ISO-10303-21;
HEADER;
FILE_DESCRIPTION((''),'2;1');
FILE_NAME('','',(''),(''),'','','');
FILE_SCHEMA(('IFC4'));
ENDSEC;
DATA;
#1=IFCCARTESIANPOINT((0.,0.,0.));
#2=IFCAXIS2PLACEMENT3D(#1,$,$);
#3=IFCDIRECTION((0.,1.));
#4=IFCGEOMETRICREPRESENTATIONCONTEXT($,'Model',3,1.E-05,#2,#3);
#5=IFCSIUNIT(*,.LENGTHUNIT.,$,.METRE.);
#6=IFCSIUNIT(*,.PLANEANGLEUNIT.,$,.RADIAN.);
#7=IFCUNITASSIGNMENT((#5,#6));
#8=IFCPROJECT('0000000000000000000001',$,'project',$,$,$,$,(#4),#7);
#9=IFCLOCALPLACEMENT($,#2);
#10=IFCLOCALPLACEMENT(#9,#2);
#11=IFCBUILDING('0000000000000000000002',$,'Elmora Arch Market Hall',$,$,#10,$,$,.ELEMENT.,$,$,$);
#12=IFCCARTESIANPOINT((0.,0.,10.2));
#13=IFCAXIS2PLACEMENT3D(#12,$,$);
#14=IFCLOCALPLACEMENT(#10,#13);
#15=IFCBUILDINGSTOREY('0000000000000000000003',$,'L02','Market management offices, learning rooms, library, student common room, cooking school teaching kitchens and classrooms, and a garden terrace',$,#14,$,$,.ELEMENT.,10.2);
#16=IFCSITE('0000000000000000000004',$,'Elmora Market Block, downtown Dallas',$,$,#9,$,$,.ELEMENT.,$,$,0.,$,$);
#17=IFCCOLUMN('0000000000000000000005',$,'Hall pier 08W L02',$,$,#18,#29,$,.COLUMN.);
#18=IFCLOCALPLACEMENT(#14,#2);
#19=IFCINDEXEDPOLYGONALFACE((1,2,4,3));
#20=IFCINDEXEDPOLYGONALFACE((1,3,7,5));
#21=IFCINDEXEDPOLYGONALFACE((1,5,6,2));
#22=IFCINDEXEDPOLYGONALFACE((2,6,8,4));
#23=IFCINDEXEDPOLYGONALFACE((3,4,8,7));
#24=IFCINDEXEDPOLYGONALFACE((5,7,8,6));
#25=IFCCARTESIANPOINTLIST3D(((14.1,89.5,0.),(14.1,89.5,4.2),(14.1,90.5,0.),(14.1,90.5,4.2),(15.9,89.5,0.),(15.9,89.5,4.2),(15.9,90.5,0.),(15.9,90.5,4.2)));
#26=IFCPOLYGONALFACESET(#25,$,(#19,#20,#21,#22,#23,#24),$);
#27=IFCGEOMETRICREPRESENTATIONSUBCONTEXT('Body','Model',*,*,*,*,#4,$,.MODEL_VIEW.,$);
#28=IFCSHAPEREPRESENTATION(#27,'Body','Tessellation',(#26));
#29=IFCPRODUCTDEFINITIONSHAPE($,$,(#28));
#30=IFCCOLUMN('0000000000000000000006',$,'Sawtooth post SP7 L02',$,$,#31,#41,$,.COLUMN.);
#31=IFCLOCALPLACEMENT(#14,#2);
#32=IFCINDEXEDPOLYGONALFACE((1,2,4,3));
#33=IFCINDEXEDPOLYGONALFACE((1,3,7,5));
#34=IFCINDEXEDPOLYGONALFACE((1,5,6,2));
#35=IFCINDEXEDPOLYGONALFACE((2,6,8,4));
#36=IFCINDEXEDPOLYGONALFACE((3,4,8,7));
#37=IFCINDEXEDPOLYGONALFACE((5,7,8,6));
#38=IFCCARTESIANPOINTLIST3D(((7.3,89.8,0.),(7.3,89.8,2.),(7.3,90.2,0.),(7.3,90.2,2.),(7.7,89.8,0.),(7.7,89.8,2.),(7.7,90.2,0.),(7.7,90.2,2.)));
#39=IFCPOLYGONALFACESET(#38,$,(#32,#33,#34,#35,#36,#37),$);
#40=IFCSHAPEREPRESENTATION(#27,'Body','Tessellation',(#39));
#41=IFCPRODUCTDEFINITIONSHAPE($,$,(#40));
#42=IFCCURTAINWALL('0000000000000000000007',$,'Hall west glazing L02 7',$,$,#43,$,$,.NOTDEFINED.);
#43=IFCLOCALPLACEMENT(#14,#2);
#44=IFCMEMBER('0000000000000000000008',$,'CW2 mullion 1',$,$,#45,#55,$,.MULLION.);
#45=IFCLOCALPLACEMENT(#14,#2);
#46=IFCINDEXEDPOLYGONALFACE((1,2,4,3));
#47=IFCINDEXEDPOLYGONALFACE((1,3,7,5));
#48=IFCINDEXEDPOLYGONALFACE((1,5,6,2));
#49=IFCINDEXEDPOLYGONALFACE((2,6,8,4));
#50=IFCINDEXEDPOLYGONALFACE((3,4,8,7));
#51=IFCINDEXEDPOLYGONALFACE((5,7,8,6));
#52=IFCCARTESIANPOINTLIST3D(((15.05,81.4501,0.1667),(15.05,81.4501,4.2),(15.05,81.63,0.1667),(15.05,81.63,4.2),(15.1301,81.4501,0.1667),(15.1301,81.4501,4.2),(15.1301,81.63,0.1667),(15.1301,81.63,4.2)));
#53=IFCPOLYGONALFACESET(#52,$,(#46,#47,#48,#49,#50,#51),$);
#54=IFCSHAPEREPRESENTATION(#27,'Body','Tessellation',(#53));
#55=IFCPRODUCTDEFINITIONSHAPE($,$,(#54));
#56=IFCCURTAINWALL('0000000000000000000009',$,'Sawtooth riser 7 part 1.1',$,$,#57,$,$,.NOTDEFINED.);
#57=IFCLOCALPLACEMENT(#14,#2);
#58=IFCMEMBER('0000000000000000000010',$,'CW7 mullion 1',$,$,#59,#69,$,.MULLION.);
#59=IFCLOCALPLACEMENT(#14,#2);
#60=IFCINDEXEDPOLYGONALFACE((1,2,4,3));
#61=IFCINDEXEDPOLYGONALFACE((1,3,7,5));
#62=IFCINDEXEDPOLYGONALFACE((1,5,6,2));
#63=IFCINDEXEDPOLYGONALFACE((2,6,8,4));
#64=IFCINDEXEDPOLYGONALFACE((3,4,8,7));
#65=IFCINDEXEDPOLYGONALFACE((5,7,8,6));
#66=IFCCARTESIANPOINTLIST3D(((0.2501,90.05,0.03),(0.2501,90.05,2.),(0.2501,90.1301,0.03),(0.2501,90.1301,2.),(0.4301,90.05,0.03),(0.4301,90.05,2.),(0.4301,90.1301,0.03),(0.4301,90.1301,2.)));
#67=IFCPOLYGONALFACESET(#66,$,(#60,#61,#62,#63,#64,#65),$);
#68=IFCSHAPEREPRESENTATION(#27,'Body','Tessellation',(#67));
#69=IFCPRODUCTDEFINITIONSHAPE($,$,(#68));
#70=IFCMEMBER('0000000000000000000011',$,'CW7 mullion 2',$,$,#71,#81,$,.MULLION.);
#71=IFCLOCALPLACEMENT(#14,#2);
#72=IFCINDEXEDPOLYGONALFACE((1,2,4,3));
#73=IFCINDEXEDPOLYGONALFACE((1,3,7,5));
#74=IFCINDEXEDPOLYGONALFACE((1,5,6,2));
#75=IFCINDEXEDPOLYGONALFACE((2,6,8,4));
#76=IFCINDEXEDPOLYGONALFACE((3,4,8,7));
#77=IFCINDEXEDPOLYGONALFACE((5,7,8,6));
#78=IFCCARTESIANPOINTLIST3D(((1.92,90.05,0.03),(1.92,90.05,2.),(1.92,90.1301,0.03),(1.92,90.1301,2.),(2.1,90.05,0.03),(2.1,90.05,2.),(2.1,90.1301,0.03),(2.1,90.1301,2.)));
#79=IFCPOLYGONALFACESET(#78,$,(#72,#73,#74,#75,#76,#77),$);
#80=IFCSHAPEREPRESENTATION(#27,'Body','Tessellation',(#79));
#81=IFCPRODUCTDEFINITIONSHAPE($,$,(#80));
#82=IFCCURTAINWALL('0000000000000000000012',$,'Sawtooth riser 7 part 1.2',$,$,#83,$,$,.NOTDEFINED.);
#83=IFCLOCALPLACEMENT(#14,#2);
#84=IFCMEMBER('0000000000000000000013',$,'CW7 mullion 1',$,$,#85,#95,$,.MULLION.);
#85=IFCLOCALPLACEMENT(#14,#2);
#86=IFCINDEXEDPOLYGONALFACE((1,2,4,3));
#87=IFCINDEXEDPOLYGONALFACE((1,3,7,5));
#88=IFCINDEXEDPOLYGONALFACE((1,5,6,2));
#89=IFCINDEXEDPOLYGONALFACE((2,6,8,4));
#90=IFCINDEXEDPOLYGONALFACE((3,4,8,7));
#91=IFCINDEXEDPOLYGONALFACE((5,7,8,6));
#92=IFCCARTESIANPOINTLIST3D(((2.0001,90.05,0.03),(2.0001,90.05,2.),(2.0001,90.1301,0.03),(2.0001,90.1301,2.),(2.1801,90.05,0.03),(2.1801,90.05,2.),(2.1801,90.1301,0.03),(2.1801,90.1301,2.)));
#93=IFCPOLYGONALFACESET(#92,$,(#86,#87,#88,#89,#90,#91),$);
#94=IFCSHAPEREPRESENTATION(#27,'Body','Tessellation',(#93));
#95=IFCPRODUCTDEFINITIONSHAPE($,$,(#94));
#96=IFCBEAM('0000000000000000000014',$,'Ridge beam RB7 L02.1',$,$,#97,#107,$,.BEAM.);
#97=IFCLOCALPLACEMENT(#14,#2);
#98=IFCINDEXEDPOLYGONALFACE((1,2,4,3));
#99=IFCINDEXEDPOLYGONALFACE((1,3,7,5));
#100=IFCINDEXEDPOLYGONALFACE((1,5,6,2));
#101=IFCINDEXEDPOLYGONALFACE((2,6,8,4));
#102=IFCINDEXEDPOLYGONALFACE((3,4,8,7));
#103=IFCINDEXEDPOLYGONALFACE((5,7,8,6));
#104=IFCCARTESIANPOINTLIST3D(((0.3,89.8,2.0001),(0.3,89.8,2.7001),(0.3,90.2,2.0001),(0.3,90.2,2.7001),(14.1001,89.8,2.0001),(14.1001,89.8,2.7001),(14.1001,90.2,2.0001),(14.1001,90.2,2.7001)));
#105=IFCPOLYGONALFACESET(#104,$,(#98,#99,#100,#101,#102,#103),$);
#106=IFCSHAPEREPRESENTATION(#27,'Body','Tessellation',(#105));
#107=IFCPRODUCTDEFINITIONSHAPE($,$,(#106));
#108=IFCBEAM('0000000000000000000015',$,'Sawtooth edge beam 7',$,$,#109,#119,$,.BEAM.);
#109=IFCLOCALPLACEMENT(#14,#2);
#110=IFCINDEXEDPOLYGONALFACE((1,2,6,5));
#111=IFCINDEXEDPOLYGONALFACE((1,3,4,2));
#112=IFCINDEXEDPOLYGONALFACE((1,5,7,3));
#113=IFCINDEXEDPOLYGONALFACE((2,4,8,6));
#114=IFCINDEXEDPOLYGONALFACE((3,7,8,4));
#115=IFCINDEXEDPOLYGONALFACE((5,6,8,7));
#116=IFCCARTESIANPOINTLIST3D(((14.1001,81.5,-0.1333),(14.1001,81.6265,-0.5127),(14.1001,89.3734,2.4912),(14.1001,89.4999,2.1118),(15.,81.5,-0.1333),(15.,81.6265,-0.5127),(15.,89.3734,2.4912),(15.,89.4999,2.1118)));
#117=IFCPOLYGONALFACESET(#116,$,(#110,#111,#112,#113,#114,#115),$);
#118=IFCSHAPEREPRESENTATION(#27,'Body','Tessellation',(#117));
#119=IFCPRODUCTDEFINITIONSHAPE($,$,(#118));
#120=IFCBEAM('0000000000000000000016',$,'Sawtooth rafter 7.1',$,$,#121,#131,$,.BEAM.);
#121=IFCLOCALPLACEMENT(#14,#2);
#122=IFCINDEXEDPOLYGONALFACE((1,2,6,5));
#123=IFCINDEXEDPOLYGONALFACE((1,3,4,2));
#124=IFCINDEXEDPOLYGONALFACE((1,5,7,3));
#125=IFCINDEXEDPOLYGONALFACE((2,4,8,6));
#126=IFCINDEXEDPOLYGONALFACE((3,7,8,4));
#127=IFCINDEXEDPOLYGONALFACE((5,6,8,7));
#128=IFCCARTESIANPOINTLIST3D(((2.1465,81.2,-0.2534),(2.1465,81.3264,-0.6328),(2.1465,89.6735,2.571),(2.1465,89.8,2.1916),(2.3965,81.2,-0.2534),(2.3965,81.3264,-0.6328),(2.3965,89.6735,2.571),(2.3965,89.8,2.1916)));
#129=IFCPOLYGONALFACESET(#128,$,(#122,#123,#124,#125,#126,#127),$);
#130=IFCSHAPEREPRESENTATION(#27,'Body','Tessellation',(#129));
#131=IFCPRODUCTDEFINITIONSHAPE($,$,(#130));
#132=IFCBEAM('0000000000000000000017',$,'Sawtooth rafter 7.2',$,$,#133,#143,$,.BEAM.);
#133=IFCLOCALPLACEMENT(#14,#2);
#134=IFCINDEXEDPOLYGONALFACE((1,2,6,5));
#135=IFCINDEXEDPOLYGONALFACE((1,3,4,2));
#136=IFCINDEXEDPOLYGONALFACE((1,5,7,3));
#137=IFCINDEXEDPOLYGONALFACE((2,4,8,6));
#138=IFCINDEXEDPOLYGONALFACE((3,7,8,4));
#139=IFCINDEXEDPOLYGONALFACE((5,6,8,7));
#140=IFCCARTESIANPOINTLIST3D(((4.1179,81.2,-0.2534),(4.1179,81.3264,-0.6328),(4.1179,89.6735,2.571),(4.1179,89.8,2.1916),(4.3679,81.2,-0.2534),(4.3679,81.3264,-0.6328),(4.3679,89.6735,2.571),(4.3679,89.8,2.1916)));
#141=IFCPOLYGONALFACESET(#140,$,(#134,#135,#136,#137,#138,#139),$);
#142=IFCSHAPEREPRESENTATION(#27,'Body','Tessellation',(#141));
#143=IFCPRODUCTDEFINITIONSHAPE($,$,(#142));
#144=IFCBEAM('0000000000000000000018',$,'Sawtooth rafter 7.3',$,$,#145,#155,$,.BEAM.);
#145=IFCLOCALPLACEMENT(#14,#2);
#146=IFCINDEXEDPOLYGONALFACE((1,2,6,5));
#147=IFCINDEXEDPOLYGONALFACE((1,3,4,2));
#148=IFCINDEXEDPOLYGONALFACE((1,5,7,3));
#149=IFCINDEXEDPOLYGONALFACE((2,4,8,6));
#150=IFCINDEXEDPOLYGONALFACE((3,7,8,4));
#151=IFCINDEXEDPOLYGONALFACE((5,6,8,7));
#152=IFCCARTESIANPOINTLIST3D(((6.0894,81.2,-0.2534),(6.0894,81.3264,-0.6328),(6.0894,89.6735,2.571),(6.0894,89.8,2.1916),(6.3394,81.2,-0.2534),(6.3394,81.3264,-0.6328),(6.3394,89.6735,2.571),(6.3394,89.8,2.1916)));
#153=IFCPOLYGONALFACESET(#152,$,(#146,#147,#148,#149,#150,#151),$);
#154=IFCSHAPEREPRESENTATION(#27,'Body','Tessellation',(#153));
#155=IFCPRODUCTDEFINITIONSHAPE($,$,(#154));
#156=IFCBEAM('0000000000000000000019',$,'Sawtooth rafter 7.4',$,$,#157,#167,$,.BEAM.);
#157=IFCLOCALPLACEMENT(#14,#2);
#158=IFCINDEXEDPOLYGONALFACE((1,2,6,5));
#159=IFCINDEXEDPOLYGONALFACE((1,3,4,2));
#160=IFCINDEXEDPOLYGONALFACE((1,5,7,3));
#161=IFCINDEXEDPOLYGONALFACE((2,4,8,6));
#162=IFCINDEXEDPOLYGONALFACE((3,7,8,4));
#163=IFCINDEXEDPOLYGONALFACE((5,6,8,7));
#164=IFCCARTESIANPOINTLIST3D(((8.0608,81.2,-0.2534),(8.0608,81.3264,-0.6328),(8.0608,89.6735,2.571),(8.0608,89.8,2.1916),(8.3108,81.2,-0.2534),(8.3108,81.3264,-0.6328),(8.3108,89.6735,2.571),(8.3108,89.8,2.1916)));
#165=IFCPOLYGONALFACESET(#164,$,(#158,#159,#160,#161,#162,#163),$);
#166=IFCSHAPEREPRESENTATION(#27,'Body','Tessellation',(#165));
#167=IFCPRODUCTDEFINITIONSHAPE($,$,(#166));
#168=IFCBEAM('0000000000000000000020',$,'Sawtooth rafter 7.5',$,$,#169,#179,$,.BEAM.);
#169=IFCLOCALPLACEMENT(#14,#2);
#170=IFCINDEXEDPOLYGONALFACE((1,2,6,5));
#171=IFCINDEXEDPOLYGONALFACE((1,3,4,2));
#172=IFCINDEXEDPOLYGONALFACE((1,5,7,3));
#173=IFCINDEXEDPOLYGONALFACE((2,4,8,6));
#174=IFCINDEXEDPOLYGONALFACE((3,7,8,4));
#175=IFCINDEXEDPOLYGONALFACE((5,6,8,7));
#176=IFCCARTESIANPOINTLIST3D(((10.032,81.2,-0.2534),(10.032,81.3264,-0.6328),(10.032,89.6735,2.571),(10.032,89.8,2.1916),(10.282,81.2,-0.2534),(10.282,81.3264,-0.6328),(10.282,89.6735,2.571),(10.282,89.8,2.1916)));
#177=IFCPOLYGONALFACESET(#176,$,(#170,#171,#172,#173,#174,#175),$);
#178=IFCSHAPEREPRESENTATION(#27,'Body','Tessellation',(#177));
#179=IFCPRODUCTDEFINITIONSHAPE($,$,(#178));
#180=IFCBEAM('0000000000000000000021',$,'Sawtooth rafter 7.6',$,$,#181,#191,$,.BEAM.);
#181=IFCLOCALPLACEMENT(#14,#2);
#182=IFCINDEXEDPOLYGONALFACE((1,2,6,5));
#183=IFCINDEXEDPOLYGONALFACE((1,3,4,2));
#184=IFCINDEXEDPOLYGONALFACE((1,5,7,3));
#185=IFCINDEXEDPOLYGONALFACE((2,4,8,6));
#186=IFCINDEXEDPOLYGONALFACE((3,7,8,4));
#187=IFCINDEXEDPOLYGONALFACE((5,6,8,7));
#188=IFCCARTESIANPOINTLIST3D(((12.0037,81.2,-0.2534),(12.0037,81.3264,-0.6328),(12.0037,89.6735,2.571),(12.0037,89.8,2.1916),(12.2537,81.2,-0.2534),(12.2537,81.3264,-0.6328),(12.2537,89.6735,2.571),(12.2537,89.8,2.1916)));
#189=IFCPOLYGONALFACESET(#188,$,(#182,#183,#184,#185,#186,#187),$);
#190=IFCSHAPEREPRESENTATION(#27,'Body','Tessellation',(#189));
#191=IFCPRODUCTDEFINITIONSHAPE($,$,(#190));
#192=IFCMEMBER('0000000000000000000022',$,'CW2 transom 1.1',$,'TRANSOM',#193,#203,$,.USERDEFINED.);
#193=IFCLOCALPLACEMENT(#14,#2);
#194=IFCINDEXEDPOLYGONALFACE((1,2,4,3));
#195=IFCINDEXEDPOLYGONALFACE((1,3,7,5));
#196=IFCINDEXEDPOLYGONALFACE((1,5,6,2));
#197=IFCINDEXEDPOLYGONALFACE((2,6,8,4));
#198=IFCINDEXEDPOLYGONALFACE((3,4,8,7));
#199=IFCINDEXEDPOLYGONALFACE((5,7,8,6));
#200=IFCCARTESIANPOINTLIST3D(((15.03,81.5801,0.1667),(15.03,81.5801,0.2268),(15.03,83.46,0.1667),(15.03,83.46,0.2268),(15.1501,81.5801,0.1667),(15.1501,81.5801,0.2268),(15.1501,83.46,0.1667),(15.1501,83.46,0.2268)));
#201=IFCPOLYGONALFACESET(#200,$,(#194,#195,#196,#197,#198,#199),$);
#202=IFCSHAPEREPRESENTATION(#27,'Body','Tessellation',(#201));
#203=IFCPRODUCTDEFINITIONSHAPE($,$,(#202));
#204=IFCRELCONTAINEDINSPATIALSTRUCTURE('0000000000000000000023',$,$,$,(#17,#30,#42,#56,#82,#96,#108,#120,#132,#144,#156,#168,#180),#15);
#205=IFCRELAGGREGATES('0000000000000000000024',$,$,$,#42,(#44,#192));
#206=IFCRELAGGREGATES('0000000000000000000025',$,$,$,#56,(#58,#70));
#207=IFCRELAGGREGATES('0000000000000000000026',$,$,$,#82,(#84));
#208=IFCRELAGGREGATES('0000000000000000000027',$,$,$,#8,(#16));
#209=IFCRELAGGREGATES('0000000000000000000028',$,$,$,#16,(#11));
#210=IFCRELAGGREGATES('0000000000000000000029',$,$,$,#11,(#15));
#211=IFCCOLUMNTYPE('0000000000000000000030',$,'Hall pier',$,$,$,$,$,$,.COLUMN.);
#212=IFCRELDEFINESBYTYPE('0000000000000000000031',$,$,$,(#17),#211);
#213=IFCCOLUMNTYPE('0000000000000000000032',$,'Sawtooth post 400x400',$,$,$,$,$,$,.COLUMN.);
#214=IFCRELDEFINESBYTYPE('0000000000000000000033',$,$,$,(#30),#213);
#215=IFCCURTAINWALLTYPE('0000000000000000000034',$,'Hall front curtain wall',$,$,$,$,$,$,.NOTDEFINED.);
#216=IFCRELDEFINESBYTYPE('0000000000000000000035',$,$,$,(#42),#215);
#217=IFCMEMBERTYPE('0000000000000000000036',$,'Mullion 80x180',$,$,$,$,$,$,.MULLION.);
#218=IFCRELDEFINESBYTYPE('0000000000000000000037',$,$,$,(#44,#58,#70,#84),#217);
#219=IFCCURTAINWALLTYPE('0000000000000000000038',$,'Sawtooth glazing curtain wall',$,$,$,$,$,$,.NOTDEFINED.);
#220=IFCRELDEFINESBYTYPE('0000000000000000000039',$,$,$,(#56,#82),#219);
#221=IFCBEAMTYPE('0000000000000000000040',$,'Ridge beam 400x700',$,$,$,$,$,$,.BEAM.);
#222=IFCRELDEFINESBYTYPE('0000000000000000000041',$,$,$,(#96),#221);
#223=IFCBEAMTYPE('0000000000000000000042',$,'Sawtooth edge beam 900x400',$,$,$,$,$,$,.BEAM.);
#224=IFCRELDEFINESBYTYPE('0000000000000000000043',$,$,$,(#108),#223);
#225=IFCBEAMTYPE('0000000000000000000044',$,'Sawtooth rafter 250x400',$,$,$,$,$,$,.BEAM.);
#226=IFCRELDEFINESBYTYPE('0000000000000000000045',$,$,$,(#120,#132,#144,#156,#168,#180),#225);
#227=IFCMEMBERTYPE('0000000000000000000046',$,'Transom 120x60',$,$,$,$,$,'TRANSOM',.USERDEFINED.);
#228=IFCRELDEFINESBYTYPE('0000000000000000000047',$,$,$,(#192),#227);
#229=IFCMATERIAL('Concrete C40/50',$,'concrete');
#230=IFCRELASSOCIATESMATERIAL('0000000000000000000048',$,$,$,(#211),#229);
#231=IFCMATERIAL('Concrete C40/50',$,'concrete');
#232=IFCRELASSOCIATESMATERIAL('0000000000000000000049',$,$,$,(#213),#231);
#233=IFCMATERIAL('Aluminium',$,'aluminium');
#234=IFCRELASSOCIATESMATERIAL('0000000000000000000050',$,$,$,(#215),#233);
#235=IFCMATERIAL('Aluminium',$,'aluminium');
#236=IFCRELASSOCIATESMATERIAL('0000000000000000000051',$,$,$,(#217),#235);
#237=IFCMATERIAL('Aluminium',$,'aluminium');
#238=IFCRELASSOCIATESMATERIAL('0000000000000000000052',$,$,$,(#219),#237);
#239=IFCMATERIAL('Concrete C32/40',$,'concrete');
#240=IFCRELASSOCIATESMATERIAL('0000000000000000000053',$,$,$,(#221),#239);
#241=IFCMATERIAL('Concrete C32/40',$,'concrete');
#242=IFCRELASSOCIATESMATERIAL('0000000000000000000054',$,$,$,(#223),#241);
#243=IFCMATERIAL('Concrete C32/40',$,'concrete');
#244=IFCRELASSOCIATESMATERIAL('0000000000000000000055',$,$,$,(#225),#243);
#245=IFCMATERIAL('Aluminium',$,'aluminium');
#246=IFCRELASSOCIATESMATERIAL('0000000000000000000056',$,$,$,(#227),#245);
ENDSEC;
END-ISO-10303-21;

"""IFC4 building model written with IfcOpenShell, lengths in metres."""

from ifc_helpers import new_model, si_unit, direction, frame, origin, origin_2d, place, context, subcontext, project, spatial, rectangle, extrude, material, material_profile, profile_set, type_object, element, aggregate, save


model = new_model("IFC4")

# Units and contexts
model_context = context("Model", 3, precision=1e-05, world=origin(), true_north=direction((0.0, 1.0)))
body_context = subcontext(model_context, "Body", "Model", "MODEL_VIEW")
ifc_project = project(units=[si_unit("LENGTHUNIT", "METRE"), si_unit("PLANEANGLEUNIT", "RADIAN")], contexts=[model_context])

# Site, building, storey
site_placement = place(None, origin())
site = spatial("IfcSite", under=ifc_project, at=site_placement, Name="Elmora Market Block, downtown Dallas", CompositionType="ELEMENT", RefElevation=0.0)
building_placement = place(site_placement, origin())
building = spatial("IfcBuilding", under=site, at=building_placement, Name="Elmora Arch Market Hall", CompositionType="ELEMENT")
storey_placement = place(building_placement, frame((0.0, 0.0, 10.2)))
storey = spatial("IfcBuildingStorey", under=building, at=storey_placement, Name="L02", Description="Market management offices, learning rooms, library, student common room, cooking school teaching kitchens and classrooms, and a garden terrace", CompositionType="ELEMENT", Elevation=10.2)

# Columns
ifc_material_1 = material(Name="Concrete C40/50", Category="concrete")
ifc_material_profile_1 = material_profile(ifc_material_1, rectangle(XDim=1.8, YDim=1.0, at=origin_2d()), Name="Hall pier")
ifc_profile_set_1 = profile_set([ifc_material_profile_1], Name="Concrete C40/50")
column_type_1 = type_object("IfcColumnType", Name="Hall pier", PredefinedType="COLUMN", material=ifc_profile_set_1)
column_1_placement = place(storey_placement, frame((15.0, 90.0, 0.0), z_axis=(0.0, 0.0, 1.0), x_axis=(1.0, 0.0, 0.0)))
element("IfcColumn", 1, at=column_1_placement, inside=storey, type_object=column_type_1, Name="Hall pier 08W L02", PredefinedType="COLUMN", context=body_context, shape_type="SweptSolid", body=[
    extrude(rectangle(XDim=1.8, YDim=1.0, at=origin_2d()), origin(), (0.0, 0.0, 1.0), 4.2),
])
ifc_material_2 = material(Name="Concrete C40/50", Category="concrete")
ifc_material_profile_2 = material_profile(ifc_material_2, rectangle(XDim=0.3999, YDim=0.3999, at=origin_2d()), Name="Sawtooth post 400x400")
ifc_profile_set_2 = profile_set([ifc_material_profile_2], Name="Concrete C40/50")
column_type_2 = type_object("IfcColumnType", Name="Sawtooth post 400x400", PredefinedType="COLUMN", material=ifc_profile_set_2)
column_2_placement = place(storey_placement, frame((7.5, 90.0, 0.0), z_axis=(0.0, 0.0, 1.0), x_axis=(1.0, 0.0, 0.0)))
element("IfcColumn", 2, at=column_2_placement, inside=storey, type_object=column_type_2, Name="Sawtooth post SP7 L02", PredefinedType="COLUMN", context=body_context, shape_type="SweptSolid", body=[
    extrude(rectangle(XDim=0.3999, YDim=0.3999, at=origin_2d()), origin(), (0.0, 0.0, 1.0), 2.0),
])

# Curtain wall, member
ifc_material_3 = material(Name="Aluminium", Category="aluminium")
curtain_wall_type_1 = type_object("IfcCurtainWallType", Name="Hall front curtain wall", PredefinedType="NOTDEFINED", material=ifc_material_3)
curtain_wall_1_placement = place(storey_placement, origin())
curtain_wall_1 = element("IfcCurtainWall", 3, at=curtain_wall_1_placement, inside=storey, type_object=curtain_wall_type_1, Name="Hall west glazing L02 7", PredefinedType="NOTDEFINED")
ifc_material_4 = material(Name="Aluminium", Category="aluminium")
ifc_material_profile_3 = material_profile(ifc_material_4, rectangle(XDim=0.0801, YDim=0.1799, at=origin_2d()), Name="AL 80x180")
ifc_profile_set_3 = profile_set([ifc_material_profile_3], Name="Aluminium")
member_type_1 = type_object("IfcMemberType", Name="Mullion 80x180", PredefinedType="MULLION", material=ifc_profile_set_3)
member_1_placement = place(storey_placement, frame((15.0901, 81.54, 0.1667), z_axis=(0.0, 0.0, 1.0), x_axis=(-1.0, 0.0, 0.0)))
member_1 = element("IfcMember", 4, at=member_1_placement, type_object=member_type_1, Name="CW2 mullion 1", PredefinedType="MULLION", context=body_context, shape_type="SweptSolid", body=[
    extrude(rectangle(XDim=0.0801, YDim=0.1799, at=origin_2d()), origin(), (0.0, 0.0, 1.0), 4.0332),
])

# Curtain wall, members
ifc_material_5 = material(Name="Aluminium", Category="aluminium")
curtain_wall_type_2 = type_object("IfcCurtainWallType", Name="Sawtooth glazing curtain wall", PredefinedType="NOTDEFINED", material=ifc_material_5)
curtain_wall_2_placement = place(storey_placement, origin())
curtain_wall_2 = element("IfcCurtainWall", 5, at=curtain_wall_2_placement, inside=storey, type_object=curtain_wall_type_2, Name="Sawtooth riser 7 part 1.1", PredefinedType="NOTDEFINED")
member_2_placement = place(storey_placement, frame((0.3401, 90.0901, 0.03), z_axis=(0.0, 0.0, 1.0), x_axis=(0.0, 1.0, 0.0)))
member_2 = element("IfcMember", 6, at=member_2_placement, type_object=member_type_1, Name="CW7 mullion 1", PredefinedType="MULLION", context=body_context, shape_type="SweptSolid", body=[
    extrude(rectangle(XDim=0.0801, YDim=0.1799, at=origin_2d()), origin(), (0.0, 0.0, 1.0), 1.97),
])
member_3_placement = place(storey_placement, frame((2.01, 90.0901, 0.03), z_axis=(0.0, 0.0, 1.0), x_axis=(0.0, 1.0, 0.0)))
member_3 = element("IfcMember", 7, at=member_3_placement, type_object=member_type_1, Name="CW7 mullion 2", PredefinedType="MULLION", context=body_context, shape_type="SweptSolid", body=[
    extrude(rectangle(XDim=0.0801, YDim=0.1799, at=origin_2d()), origin(), (0.0, 0.0, 1.0), 1.97),
])

# Curtain wall, member
curtain_wall_3_placement = place(storey_placement, origin())
curtain_wall_3 = element("IfcCurtainWall", 8, at=curtain_wall_3_placement, inside=storey, type_object=curtain_wall_type_2, Name="Sawtooth riser 7 part 1.2", PredefinedType="NOTDEFINED")
member_4_placement = place(storey_placement, frame((2.0901, 90.0901, 0.03), z_axis=(0.0, 0.0, 1.0), x_axis=(0.0, 1.0, 0.0)))
member_4 = element("IfcMember", 9, at=member_4_placement, type_object=member_type_1, Name="CW7 mullion 1", PredefinedType="MULLION", context=body_context, shape_type="SweptSolid", body=[
    extrude(rectangle(XDim=0.0801, YDim=0.1799, at=origin_2d()), origin(), (0.0, 0.0, 1.0), 1.97),
])

# Beams
ifc_material_6 = material(Name="Concrete C32/40", Category="concrete")
ifc_material_profile_4 = material_profile(ifc_material_6, rectangle(XDim=0.3999, YDim=0.7, at=origin_2d()), Name="Ridge beam 400x700")
ifc_profile_set_4 = profile_set([ifc_material_profile_4], Name="Concrete C32/40")
beam_type_1 = type_object("IfcBeamType", Name="Ridge beam 400x700", PredefinedType="BEAM", material=ifc_profile_set_4)
beam_1_placement = place(storey_placement, frame((0.3, 90.0, 2.3501), z_axis=(1.0, 0.0, 0.0), x_axis=(0.0, 1.0, 0.0)))
element("IfcBeam", 10, at=beam_1_placement, inside=storey, type_object=beam_type_1, Name="Ridge beam RB7 L02.1", PredefinedType="BEAM", context=body_context, shape_type="SweptSolid", body=[
    extrude(rectangle(XDim=0.3999, YDim=0.7, at=origin_2d()), origin(), (0.0, 0.0, 1.0), 13.8),
])
ifc_material_7 = material(Name="Concrete C32/40", Category="concrete")
ifc_material_profile_5 = material_profile(ifc_material_7, rectangle(XDim=0.8999, YDim=0.3999, at=origin_2d()), Name="Sawtooth edge beam 900x400")
ifc_profile_set_5 = profile_set([ifc_material_profile_5], Name="Concrete C32/40")
beam_type_2 = type_object("IfcBeamType", Name="Sawtooth edge beam 900x400", PredefinedType="BEAM", material=ifc_profile_set_5)
beam_2_placement = place(storey_placement, frame((14.55, 81.5632, -0.323), z_axis=(0.0, 0.948683, 0.316228), x_axis=(-1.0, 0.0, 0.0)))
element("IfcBeam", 11, at=beam_2_placement, inside=storey, type_object=beam_type_2, Name="Sawtooth edge beam 7", PredefinedType="BEAM", context=body_context, shape_type="SweptSolid", body=[
    extrude(rectangle(XDim=0.8999, YDim=0.3999, at=origin_2d()), origin(), (0.0, 0.0, 1.0), 8.2993),
])
ifc_material_8 = material(Name="Concrete C32/40", Category="concrete")
ifc_material_profile_6 = material_profile(ifc_material_8, rectangle(XDim=0.25, YDim=0.3999, at=origin_2d()), Name="Sawtooth rafter 250x400")
ifc_profile_set_6 = profile_set([ifc_material_profile_6], Name="Concrete C32/40")
beam_type_3 = type_object("IfcBeamType", Name="Sawtooth rafter 250x400", PredefinedType="BEAM", material=ifc_profile_set_6)
for number, where, z_axis, x_axis, name in (
    (12, (2.2715, 81.2632, -0.4431), (0.0, 0.948686, 0.31622), (-1.0, 0.0, 0.0), "Sawtooth rafter 7.1"),
    (13, (4.2429, 81.2632, -0.4431), (0.0, 0.948686, 0.31622), (-1.0, 0.0, 0.0), "Sawtooth rafter 7.2"),
    (14, (6.2144, 81.2632, -0.4431), (0.0, 0.948686, 0.31622), (-1.0, 0.0, 0.0), "Sawtooth rafter 7.3"),
    (15, (8.1858, 81.2632, -0.4431), (0.0, 0.948686, 0.31622), (-1.0, 0.0, 0.0), "Sawtooth rafter 7.4"),
    (16, (10.157, 81.2632, -0.4431), (0.0, 0.948686, 0.31622), (-1.0, 0.0, 0.0), "Sawtooth rafter 7.5"),
    (17, (12.1287, 81.2632, -0.4431), (0.0, 0.948686, 0.31622), (-1.0, 0.0, 0.0), "Sawtooth rafter 7.6"),
):
    element("IfcBeam", number, at=place(storey_placement, frame(where, z_axis=z_axis, x_axis=x_axis)), inside=storey, type_object=beam_type_3, Name=name, PredefinedType="BEAM", context=body_context, shape_type="SweptSolid", body=[
        extrude(rectangle(XDim=0.25, YDim=0.3999, at=origin_2d()), origin(), (0.0, 0.0, 1.0), 8.9319),
    ])

# Member
ifc_material_9 = material(Name="Aluminium", Category="aluminium")
ifc_material_profile_7 = material_profile(ifc_material_9, rectangle(XDim=0.1201, YDim=0.0601, at=origin_2d()), Name="AL 120x60")
ifc_profile_set_7 = profile_set([ifc_material_profile_7], Name="Aluminium")
member_type_2 = type_object("IfcMemberType", Name="Transom 120x60", ElementType="TRANSOM", PredefinedType="USERDEFINED", material=ifc_profile_set_7)
member_5_placement = place(storey_placement, frame((15.0901, 81.5801, 0.1968), z_axis=(0.0, 1.0, 0.0), x_axis=(-1.0, 0.0, 0.0)))
member_5 = element("IfcMember", 18, at=member_5_placement, type_object=member_type_2, Name="CW2 transom 1.1", ObjectType="TRANSOM", PredefinedType="USERDEFINED", context=body_context, shape_type="SweptSolid", body=[
    extrude(rectangle(XDim=0.1201, YDim=0.0601, at=origin_2d()), origin(), (0.0, 0.0, 1.0), 1.8799),
])
aggregate(curtain_wall_1, [member_1, member_5])

aggregate(curtain_wall_2, [member_2, member_3])
aggregate(curtain_wall_3, [member_4])

save(model, "model.ifc")
